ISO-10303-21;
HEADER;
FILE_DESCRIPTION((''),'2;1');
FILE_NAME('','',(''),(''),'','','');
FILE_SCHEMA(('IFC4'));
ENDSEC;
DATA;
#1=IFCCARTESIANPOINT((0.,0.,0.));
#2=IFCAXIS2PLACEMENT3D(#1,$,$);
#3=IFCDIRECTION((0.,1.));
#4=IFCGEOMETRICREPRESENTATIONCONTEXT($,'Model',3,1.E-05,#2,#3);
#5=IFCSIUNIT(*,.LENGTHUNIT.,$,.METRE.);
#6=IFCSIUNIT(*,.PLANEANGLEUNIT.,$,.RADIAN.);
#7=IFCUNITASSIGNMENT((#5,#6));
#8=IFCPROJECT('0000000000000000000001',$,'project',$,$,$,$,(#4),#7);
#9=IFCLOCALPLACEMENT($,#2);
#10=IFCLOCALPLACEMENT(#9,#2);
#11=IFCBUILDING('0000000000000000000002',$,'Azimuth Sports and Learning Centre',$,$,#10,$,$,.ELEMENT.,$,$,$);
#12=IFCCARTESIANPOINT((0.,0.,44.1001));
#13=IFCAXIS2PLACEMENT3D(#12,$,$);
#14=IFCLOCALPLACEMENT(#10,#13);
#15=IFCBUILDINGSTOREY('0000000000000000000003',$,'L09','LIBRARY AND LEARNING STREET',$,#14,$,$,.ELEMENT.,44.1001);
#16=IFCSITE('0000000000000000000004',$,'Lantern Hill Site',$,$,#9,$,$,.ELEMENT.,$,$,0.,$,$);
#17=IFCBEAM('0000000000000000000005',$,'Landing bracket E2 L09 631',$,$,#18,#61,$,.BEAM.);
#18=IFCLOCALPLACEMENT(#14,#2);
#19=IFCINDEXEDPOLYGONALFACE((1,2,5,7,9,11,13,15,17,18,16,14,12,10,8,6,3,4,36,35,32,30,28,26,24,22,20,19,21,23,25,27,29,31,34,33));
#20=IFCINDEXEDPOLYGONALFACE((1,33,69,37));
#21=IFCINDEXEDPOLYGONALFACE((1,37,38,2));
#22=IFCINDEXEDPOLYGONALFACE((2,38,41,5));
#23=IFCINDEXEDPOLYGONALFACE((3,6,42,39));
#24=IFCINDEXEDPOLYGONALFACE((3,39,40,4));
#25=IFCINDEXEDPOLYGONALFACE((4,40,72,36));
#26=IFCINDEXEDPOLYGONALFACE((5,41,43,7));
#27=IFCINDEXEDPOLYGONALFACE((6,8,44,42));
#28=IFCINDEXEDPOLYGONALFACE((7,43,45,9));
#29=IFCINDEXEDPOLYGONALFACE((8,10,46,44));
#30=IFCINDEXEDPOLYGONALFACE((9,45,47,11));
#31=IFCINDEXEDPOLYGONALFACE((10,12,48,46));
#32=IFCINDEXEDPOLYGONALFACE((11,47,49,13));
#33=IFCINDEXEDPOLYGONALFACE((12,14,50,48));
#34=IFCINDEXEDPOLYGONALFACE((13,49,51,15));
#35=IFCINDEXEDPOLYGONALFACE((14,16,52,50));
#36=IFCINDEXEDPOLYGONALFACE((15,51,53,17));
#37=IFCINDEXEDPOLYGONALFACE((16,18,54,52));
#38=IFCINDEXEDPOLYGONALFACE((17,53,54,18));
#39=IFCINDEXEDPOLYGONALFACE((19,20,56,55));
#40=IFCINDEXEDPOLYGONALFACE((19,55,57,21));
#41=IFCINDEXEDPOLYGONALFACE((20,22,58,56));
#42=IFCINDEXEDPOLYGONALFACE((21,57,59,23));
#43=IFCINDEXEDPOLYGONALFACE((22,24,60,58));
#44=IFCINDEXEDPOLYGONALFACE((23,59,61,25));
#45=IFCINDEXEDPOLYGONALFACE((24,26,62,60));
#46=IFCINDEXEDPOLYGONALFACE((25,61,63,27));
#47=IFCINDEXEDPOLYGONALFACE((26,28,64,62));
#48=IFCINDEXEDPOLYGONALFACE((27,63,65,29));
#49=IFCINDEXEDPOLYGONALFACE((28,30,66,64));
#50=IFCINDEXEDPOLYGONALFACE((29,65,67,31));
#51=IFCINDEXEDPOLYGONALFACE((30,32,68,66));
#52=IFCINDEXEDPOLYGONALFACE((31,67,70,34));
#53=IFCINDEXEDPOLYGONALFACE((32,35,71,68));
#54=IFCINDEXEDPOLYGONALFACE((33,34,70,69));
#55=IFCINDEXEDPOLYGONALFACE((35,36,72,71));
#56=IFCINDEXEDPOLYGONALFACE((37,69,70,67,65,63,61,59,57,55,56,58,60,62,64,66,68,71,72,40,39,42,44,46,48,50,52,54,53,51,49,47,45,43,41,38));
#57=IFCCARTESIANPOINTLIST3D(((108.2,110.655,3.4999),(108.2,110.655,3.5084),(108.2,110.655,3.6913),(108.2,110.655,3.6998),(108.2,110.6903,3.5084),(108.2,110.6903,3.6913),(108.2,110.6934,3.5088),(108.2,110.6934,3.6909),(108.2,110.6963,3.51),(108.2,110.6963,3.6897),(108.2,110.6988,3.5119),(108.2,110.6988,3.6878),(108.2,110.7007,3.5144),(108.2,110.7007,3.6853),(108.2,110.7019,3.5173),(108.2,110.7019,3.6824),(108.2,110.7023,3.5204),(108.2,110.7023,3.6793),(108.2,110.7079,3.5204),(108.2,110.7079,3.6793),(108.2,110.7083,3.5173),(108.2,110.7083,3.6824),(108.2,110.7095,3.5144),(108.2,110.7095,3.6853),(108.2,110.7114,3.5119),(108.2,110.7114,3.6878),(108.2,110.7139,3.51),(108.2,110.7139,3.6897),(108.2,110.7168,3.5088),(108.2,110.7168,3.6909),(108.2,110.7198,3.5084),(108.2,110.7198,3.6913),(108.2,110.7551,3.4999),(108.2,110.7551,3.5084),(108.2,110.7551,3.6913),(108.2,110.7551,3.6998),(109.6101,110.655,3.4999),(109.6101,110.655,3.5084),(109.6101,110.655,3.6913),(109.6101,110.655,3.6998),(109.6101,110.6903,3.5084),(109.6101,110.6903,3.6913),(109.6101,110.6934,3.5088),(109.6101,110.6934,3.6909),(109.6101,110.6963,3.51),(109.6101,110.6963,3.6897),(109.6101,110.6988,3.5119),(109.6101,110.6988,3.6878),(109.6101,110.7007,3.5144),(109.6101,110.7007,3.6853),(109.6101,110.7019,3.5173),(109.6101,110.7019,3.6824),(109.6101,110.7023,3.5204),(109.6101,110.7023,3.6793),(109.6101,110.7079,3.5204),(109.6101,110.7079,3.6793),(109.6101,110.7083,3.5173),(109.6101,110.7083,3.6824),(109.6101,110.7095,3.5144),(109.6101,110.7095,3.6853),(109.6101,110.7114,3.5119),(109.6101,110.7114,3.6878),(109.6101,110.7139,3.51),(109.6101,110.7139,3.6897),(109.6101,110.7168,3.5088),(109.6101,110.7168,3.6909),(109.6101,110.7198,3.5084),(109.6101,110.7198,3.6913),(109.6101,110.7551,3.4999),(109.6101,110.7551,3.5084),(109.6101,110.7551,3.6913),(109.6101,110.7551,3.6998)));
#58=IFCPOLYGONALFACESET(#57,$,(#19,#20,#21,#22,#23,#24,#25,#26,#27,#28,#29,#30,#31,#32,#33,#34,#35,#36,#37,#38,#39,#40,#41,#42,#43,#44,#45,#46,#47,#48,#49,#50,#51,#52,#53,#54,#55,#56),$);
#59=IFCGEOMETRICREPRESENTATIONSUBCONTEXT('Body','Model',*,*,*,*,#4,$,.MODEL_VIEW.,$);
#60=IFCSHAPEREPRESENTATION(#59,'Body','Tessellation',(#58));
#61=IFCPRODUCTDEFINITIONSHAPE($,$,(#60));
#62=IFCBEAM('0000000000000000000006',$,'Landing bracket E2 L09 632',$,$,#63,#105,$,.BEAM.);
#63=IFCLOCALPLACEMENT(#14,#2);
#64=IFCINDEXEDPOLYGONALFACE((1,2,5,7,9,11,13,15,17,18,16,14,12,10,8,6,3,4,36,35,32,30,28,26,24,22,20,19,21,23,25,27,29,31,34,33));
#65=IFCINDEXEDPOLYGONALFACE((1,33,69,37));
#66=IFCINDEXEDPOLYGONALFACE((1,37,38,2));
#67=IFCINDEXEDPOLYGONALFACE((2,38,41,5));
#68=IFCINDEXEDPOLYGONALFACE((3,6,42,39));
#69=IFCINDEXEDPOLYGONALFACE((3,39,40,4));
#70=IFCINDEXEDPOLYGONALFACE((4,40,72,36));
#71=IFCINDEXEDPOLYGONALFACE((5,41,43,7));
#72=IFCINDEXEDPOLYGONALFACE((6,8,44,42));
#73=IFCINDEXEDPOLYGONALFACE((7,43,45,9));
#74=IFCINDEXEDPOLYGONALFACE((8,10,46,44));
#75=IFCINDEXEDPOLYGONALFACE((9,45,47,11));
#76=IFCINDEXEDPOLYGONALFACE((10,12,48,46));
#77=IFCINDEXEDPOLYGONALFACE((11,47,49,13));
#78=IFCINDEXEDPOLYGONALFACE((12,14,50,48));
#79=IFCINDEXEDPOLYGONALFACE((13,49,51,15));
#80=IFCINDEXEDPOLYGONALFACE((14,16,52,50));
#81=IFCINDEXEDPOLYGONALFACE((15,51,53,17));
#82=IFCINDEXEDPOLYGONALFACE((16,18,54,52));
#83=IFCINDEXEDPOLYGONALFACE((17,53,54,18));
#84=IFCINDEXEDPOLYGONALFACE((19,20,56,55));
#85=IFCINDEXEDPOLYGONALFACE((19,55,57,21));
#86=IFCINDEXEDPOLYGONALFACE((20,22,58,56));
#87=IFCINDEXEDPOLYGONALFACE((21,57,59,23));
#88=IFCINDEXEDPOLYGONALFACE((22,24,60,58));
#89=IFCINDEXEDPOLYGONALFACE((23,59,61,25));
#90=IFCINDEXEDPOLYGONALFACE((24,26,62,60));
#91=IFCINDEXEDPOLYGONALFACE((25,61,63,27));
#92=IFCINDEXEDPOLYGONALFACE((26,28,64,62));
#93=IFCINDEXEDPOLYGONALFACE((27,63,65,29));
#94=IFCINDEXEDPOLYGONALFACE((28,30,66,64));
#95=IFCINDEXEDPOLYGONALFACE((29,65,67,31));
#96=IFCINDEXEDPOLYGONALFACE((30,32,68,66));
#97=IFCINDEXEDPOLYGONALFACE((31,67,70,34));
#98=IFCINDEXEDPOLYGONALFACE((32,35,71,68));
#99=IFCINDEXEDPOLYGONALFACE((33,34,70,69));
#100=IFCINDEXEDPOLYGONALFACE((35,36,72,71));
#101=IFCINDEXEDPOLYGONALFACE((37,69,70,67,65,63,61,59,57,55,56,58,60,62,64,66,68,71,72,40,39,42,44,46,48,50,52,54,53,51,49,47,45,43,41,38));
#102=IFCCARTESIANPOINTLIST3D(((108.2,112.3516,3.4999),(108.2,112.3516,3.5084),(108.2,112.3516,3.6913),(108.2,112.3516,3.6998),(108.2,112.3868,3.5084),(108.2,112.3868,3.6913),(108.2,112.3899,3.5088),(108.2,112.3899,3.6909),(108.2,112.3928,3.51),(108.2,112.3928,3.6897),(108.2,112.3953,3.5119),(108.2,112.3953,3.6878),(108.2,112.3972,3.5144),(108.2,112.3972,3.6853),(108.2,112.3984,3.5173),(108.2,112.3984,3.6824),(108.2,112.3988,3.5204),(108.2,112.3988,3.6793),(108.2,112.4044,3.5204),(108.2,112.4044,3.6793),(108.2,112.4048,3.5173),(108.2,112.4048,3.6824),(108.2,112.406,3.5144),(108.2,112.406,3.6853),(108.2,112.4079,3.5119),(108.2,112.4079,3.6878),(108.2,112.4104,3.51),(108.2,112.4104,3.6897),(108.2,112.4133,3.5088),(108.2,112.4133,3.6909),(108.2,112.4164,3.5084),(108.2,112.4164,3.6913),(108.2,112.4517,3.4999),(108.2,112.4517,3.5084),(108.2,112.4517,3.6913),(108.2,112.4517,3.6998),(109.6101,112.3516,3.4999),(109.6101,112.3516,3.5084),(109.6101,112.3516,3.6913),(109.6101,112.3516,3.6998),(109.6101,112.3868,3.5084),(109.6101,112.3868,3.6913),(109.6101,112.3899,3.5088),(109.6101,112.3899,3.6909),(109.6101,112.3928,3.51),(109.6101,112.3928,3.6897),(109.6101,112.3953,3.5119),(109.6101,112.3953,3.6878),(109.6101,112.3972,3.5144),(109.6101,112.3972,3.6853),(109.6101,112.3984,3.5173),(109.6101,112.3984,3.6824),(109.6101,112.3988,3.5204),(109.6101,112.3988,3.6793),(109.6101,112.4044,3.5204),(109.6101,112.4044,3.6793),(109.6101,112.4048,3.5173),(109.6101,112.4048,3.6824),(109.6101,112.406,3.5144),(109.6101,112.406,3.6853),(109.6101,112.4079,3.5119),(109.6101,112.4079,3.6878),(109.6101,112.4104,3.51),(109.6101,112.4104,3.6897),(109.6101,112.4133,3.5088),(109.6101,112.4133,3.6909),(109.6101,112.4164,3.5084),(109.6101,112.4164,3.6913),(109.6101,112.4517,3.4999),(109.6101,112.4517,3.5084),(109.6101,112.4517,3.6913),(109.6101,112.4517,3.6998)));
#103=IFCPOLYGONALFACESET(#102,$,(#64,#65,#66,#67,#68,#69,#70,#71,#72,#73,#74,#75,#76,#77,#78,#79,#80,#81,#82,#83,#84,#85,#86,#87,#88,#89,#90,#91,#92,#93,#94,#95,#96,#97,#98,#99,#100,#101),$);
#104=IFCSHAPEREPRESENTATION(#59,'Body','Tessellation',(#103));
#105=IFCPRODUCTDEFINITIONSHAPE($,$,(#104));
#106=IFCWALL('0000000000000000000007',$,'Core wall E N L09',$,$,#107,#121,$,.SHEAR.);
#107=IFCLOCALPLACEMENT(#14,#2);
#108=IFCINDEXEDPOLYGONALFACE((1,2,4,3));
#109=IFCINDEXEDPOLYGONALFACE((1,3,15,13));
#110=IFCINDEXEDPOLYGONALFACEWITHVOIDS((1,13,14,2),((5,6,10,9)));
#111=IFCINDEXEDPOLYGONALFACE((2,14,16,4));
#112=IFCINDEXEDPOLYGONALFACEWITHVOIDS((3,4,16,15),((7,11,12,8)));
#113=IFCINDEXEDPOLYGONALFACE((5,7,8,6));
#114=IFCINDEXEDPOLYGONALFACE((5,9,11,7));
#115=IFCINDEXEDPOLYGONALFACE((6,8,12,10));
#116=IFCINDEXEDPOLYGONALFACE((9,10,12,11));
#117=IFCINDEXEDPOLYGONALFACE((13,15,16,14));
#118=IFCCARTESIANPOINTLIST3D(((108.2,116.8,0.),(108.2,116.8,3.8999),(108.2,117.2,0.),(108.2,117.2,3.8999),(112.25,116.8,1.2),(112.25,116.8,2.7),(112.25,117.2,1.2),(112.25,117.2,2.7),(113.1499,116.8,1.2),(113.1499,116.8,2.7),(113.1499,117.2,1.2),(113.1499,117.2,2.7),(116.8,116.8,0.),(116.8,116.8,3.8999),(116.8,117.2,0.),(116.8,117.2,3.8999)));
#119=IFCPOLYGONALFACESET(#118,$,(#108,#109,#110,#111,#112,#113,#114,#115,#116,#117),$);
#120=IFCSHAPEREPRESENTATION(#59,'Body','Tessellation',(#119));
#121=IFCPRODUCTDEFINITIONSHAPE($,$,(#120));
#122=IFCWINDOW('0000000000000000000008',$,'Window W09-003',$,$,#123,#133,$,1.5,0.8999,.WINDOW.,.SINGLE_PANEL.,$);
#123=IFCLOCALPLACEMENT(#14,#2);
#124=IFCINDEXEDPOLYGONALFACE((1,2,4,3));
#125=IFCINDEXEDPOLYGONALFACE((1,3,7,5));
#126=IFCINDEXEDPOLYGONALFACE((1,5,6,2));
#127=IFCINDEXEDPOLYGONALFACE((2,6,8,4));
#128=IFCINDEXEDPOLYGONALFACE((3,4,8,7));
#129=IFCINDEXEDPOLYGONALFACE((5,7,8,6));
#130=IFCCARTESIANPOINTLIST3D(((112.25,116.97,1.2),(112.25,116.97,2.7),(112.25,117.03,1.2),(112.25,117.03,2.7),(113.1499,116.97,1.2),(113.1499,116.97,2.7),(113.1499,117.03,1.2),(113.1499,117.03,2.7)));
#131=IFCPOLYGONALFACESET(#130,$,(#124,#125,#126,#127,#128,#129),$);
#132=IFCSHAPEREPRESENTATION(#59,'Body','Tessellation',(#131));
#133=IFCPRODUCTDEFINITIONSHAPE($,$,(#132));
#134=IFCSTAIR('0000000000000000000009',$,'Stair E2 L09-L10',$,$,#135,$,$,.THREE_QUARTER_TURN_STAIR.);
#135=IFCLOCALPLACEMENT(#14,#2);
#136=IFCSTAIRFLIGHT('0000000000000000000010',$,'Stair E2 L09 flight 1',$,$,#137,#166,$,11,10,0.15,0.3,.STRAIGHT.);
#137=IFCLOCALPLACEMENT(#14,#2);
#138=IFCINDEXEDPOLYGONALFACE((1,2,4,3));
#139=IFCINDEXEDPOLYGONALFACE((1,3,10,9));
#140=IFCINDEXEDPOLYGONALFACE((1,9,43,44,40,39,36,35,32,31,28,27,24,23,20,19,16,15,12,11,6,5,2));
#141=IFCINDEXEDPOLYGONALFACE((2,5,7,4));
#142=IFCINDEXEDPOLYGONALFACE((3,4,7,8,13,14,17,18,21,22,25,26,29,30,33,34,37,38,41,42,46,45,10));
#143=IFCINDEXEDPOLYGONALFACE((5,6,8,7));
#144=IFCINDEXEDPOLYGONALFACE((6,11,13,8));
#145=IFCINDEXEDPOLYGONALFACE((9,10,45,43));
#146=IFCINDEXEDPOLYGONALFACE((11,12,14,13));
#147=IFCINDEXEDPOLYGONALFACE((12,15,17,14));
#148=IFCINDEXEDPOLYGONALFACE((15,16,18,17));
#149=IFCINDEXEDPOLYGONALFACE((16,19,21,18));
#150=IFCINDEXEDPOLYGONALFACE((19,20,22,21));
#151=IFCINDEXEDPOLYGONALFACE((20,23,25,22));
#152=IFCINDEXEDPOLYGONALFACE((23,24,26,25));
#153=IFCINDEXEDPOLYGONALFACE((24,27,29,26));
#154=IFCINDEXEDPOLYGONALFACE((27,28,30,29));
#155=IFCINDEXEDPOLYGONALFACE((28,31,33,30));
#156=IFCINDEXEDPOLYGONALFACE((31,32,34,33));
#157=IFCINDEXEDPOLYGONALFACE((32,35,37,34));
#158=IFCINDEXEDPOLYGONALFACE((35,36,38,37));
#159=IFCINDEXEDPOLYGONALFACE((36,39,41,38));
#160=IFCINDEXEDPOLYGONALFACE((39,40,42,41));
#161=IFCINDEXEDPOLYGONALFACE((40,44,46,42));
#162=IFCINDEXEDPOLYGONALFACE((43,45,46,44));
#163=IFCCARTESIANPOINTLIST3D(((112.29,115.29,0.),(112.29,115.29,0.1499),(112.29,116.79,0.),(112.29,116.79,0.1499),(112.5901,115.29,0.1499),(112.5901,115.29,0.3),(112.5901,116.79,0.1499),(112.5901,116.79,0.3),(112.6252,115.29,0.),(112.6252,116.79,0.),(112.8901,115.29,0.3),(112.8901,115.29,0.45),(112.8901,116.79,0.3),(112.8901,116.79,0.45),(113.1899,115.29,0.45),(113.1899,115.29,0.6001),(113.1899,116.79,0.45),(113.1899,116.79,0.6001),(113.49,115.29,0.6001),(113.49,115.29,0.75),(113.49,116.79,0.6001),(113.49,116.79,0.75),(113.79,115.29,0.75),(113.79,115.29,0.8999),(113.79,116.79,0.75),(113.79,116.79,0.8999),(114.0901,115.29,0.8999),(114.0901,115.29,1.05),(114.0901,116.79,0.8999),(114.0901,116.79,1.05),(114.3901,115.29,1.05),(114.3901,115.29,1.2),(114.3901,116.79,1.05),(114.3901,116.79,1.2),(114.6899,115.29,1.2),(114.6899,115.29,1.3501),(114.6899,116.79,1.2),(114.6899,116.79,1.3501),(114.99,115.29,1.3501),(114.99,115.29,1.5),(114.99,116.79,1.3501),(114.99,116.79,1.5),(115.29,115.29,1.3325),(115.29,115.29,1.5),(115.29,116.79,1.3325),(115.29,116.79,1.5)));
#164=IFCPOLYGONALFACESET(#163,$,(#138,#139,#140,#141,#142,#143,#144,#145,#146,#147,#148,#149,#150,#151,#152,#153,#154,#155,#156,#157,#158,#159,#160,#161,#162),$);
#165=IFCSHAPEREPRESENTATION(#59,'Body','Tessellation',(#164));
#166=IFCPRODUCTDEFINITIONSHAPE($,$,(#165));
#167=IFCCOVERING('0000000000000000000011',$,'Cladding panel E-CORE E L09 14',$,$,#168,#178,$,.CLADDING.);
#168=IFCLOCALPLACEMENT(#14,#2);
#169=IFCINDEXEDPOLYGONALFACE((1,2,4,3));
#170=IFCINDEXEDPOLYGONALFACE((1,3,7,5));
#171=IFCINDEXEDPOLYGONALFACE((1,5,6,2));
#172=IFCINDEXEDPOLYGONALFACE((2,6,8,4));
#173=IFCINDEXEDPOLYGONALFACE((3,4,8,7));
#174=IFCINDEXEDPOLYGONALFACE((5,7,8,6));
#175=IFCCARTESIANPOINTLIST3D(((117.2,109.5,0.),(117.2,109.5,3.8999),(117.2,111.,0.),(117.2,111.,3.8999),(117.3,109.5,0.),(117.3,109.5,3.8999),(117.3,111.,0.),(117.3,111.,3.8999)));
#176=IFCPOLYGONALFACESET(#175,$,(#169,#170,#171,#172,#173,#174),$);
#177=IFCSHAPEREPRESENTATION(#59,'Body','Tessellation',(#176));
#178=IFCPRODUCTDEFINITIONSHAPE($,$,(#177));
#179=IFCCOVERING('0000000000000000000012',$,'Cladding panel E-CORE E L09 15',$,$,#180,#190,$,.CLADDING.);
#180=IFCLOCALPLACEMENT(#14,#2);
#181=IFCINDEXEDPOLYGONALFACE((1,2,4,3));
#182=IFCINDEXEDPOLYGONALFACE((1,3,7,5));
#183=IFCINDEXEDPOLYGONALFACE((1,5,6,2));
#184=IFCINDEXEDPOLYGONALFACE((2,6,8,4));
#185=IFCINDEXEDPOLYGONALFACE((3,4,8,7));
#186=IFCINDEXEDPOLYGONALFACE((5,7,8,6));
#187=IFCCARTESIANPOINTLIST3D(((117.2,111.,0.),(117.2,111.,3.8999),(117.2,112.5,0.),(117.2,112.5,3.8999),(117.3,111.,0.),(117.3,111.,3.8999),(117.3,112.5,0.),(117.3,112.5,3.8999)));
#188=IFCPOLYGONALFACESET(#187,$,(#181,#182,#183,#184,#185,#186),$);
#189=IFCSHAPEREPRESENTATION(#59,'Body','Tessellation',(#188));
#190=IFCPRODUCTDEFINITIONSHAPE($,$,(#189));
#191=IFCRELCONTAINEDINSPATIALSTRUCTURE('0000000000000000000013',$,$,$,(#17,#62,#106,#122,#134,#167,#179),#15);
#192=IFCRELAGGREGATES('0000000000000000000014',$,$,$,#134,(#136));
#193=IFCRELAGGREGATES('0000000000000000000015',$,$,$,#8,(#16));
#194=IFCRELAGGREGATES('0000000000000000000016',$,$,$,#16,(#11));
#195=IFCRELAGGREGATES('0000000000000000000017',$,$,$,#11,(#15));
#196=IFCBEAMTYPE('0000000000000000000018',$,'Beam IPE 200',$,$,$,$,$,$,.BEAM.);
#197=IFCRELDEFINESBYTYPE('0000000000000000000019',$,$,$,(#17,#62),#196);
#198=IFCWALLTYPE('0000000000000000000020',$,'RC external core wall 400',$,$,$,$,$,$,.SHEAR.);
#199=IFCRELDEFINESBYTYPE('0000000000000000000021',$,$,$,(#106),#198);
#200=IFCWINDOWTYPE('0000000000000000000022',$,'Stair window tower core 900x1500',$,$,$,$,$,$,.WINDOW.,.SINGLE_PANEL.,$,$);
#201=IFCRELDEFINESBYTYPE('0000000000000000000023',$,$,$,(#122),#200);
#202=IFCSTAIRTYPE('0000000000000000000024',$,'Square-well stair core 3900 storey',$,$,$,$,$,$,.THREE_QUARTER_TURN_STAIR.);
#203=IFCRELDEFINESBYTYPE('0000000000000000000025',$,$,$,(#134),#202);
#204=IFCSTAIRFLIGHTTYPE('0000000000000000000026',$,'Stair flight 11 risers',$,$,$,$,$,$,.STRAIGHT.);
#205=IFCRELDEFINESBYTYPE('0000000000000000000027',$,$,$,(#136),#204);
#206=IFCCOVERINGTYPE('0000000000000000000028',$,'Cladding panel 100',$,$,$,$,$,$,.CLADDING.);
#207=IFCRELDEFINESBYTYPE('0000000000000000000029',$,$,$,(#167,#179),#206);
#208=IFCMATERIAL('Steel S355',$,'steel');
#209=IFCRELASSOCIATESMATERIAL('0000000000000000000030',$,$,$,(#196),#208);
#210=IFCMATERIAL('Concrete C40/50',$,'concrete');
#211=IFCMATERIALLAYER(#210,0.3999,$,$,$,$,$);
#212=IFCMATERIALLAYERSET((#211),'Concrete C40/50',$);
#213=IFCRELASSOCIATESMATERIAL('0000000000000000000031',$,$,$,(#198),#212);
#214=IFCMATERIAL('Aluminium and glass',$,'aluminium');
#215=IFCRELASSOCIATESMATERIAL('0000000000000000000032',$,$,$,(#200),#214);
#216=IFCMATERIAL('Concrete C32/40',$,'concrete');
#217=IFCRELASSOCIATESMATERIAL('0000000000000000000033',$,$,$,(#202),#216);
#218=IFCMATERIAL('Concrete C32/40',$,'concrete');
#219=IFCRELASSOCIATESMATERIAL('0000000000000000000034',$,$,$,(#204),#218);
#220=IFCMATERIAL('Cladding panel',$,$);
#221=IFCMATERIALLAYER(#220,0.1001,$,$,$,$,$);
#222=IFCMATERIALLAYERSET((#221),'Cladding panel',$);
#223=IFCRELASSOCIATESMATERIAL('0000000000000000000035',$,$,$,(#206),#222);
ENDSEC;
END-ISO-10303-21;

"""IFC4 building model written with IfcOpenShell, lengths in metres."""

from ifc_helpers import new_model, si_unit, direction, frame, frame_2d, origin, origin_2d, place, context, subcontext, project, spatial, polyline, rectangle, i_section, outline, extrude, material, layer, layer_set, material_profile, profile_set, type_object, element, fill, aggregate, save


model = new_model("IFC4")

# Units and contexts
model_context = context("Model", 3, precision=1e-05, world=origin(), true_north=direction((0.0, 1.0)))
body_context = subcontext(model_context, "Body", "Model", "MODEL_VIEW")
ifc_project = project(units=[si_unit("LENGTHUNIT", "METRE"), si_unit("PLANEANGLEUNIT", "RADIAN")], contexts=[model_context])

# Site, building, storey
site_placement = place(None, origin())
site = spatial("IfcSite", under=ifc_project, at=site_placement, Name="Lantern Hill Site", CompositionType="ELEMENT", RefElevation=0.0)
building_placement = place(site_placement, origin())
building = spatial("IfcBuilding", under=site, at=building_placement, Name="Azimuth Sports and Learning Centre", CompositionType="ELEMENT")
storey_placement = place(building_placement, frame((0.0, 0.0, 44.1001)))
storey = spatial("IfcBuildingStorey", under=building, at=storey_placement, Name="L09", Description="LIBRARY AND LEARNING STREET", CompositionType="ELEMENT", Elevation=44.1001)

# Beams
ifc_material_1 = material(Name="Steel S355", Category="steel")
ifc_material_profile = material_profile(ifc_material_1, i_section(OverallWidth=0.1001, OverallDepth=0.2, WebThickness=0.0056, FlangeThickness=0.0085, FilletRadius=0.012, at=origin_2d()), Name="IPE 200")
ifc_profile_set = profile_set([ifc_material_profile], Name="Steel S355")
beam_type = type_object("IfcBeamType", Name="Beam IPE 200", PredefinedType="BEAM", material=ifc_profile_set)
for number, where, z_axis, x_axis, name in (
    (1, (108.2, 110.7051, 3.5999), (1.0, 0.0, 0.0), (0.0, 1.0, 0.0), "Landing bracket E2 L09 631"),
    (2, (108.2, 112.4016, 3.5999), (1.0, 0.0, 0.0), (0.0, 1.0, 0.0), "Landing bracket E2 L09 632"),
):
    element("IfcBeam", number, at=place(storey_placement, frame(where, z_axis=z_axis, x_axis=x_axis)), inside=storey, type_object=beam_type, Name=name, PredefinedType="BEAM", context=body_context, shape_type="SweptSolid", body=[
        extrude(i_section(OverallWidth=0.1001, OverallDepth=0.2, WebThickness=0.0056, FlangeThickness=0.0085, FilletRadius=0.012, at=origin_2d()), origin(), (0.0, 0.0, 1.0), 1.4102),
    ])

# Wall, opening, window
ifc_material_2 = material(Name="Concrete C40/50", Category="concrete")
ifc_layer_1 = layer(ifc_material_2, 0.3999)
ifc_layer_set_1 = layer_set([ifc_layer_1], Name="Concrete C40/50")
wall_type = type_object("IfcWallType", Name="RC external core wall 400", PredefinedType="SHEAR", material=ifc_layer_set_1)
wall_placement = place(storey_placement, frame((108.2, 117.0, 0.0), z_axis=(0.0, 0.0, 1.0), x_axis=(1.0, 0.0, 0.0)))
wall = element("IfcWall", 3, at=wall_placement, inside=storey, type_object=wall_type, Name="Core wall E N L09", PredefinedType="SHEAR", context=body_context, shape_type="SweptSolid", body=[
    extrude(rectangle(XDim=8.6001, YDim=0.3999, at=frame_2d((4.3, 0.0))), origin(), (0.0, 0.0, 1.0), 3.8999),
])
opening_placement = place(wall_placement, frame((4.05, 0.0, 1.2)))
opening = element("IfcOpeningElement", 4, at=opening_placement, cuts=wall, PredefinedType="OPENING", context=body_context, shape_type="SweptSolid", body=[
    extrude(rectangle(XDim=0.8999, YDim=1.5, at=frame_2d((0.45, 0.75))), frame((0.0, 0.2109, 0.0), z_axis=(0.0, -1.0, 0.0), x_axis=(1.0, 0.0, 0.0)), (0.0, 0.0, 1.0), 0.4219),
])
ifc_material_3 = material(Name="Aluminium and glass", Category="aluminium")
window_type = type_object("IfcWindowType", Name="Stair window tower core 900x1500", PartitioningType="SINGLE_PANEL", PredefinedType="WINDOW", material=ifc_material_3)
window_placement = place(opening_placement, origin())
window = element("IfcWindow", 5, at=window_placement, inside=storey, type_object=window_type, Name="Window W09-003", OverallHeight=1.5, OverallWidth=0.8999, PartitioningType="SINGLE_PANEL", PredefinedType="WINDOW", context=body_context, shape_type="SweptSolid", body=[
    extrude(rectangle(XDim=0.8999, YDim=1.5, at=frame_2d((0.45, 0.75))), frame((0.0, 0.03, 0.0), z_axis=(0.0, -1.0, 0.0), x_axis=(1.0, 0.0, 0.0)), (0.0, 0.0, 1.0), 0.0601),
])
fill(opening, window)

# Stair, stair flight
ifc_material_4 = material(Name="Concrete C32/40", Category="concrete")
stair_type = type_object("IfcStairType", Name="Square-well stair core 3900 storey", PredefinedType="THREE_QUARTER_TURN_STAIR", material=ifc_material_4)
stair_placement = place(storey_placement, origin())
stair = element("IfcStair", 6, at=stair_placement, inside=storey, type_object=stair_type, Name="Stair E2 L09-L10", PredefinedType="THREE_QUARTER_TURN_STAIR")
ifc_material_5 = material(Name="Concrete C32/40", Category="concrete")
stair_flight_type = type_object("IfcStairFlightType", Name="Stair flight 11 risers", PredefinedType="STRAIGHT", material=ifc_material_5)
stair_flight_placement = place(storey_placement, frame((112.29, 116.04, 0.0), z_axis=(0.0, 0.0, 1.0), x_axis=(1.0, 0.0, 0.0)))
stair_flight = element("IfcStairFlight", 7, at=stair_flight_placement, type_object=stair_flight_type, Name="Stair E2 L09 flight 1", NumberOfRisers=11, NumberOfTreads=10, PredefinedType="STRAIGHT", RiserHeight=0.15, TreadLength=0.3, context=body_context, shape_type="SweptSolid", body=[
    extrude(outline(polyline([(0.0, 0.0), (0.0, 0.1499), (0.3, 0.1499), (0.3, 0.3), (0.6001, 0.3), (0.6001, 0.45), (0.8999, 0.45), (0.8999, 0.6001), (1.2, 0.6001), (1.2, 0.75), (1.5, 0.75), (1.5, 0.8999), (1.8, 0.8999), (1.8, 1.05), (2.1001, 1.05), (2.1001, 1.2), (2.3999, 1.2), (2.3999, 1.3501), (2.7, 1.3501), (2.7, 1.5), (3.0, 1.5), (3.0, 1.6499), (3.0, 1.3325), (0.3352, 0.0), (0.0, 0.0)])), frame((0.0, 0.75, 0.0), z_axis=(0.0, -1.0, 0.0), x_axis=(1.0, 0.0, 0.0)), (0.0, 0.0, 1.0), 1.5),
])
aggregate(stair, [stair_flight])

# Coverings
ifc_material_6 = material(Name="Cladding panel")
ifc_layer_2 = layer(ifc_material_6, 0.1001)
ifc_layer_set_2 = layer_set([ifc_layer_2], Name="Cladding panel")
covering_type = type_object("IfcCoveringType", Name="Cladding panel 100", PredefinedType="CLADDING", material=ifc_layer_set_2)
for number, where, z_axis, x_axis, name in (
    (8, (117.25, 110.25, 0.0), (0.0, 0.0, 1.0), (0.0, 1.0, 0.0), "Cladding panel E-CORE E L09 14"),
    (9, (117.25, 111.75, 0.0), (0.0, 0.0, 1.0), (0.0, 1.0, 0.0), "Cladding panel E-CORE E L09 15"),
):
    element("IfcCovering", number, at=place(storey_placement, frame(where, z_axis=z_axis, x_axis=x_axis)), inside=storey, type_object=covering_type, Name=name, PredefinedType="CLADDING", context=body_context, shape_type="SweptSolid", body=[
        extrude(rectangle(XDim=1.5, YDim=0.1001, at=origin_2d()), origin(), (0.0, 0.0, 1.0), 3.8999),
    ])

save(model, "model.ifc")
